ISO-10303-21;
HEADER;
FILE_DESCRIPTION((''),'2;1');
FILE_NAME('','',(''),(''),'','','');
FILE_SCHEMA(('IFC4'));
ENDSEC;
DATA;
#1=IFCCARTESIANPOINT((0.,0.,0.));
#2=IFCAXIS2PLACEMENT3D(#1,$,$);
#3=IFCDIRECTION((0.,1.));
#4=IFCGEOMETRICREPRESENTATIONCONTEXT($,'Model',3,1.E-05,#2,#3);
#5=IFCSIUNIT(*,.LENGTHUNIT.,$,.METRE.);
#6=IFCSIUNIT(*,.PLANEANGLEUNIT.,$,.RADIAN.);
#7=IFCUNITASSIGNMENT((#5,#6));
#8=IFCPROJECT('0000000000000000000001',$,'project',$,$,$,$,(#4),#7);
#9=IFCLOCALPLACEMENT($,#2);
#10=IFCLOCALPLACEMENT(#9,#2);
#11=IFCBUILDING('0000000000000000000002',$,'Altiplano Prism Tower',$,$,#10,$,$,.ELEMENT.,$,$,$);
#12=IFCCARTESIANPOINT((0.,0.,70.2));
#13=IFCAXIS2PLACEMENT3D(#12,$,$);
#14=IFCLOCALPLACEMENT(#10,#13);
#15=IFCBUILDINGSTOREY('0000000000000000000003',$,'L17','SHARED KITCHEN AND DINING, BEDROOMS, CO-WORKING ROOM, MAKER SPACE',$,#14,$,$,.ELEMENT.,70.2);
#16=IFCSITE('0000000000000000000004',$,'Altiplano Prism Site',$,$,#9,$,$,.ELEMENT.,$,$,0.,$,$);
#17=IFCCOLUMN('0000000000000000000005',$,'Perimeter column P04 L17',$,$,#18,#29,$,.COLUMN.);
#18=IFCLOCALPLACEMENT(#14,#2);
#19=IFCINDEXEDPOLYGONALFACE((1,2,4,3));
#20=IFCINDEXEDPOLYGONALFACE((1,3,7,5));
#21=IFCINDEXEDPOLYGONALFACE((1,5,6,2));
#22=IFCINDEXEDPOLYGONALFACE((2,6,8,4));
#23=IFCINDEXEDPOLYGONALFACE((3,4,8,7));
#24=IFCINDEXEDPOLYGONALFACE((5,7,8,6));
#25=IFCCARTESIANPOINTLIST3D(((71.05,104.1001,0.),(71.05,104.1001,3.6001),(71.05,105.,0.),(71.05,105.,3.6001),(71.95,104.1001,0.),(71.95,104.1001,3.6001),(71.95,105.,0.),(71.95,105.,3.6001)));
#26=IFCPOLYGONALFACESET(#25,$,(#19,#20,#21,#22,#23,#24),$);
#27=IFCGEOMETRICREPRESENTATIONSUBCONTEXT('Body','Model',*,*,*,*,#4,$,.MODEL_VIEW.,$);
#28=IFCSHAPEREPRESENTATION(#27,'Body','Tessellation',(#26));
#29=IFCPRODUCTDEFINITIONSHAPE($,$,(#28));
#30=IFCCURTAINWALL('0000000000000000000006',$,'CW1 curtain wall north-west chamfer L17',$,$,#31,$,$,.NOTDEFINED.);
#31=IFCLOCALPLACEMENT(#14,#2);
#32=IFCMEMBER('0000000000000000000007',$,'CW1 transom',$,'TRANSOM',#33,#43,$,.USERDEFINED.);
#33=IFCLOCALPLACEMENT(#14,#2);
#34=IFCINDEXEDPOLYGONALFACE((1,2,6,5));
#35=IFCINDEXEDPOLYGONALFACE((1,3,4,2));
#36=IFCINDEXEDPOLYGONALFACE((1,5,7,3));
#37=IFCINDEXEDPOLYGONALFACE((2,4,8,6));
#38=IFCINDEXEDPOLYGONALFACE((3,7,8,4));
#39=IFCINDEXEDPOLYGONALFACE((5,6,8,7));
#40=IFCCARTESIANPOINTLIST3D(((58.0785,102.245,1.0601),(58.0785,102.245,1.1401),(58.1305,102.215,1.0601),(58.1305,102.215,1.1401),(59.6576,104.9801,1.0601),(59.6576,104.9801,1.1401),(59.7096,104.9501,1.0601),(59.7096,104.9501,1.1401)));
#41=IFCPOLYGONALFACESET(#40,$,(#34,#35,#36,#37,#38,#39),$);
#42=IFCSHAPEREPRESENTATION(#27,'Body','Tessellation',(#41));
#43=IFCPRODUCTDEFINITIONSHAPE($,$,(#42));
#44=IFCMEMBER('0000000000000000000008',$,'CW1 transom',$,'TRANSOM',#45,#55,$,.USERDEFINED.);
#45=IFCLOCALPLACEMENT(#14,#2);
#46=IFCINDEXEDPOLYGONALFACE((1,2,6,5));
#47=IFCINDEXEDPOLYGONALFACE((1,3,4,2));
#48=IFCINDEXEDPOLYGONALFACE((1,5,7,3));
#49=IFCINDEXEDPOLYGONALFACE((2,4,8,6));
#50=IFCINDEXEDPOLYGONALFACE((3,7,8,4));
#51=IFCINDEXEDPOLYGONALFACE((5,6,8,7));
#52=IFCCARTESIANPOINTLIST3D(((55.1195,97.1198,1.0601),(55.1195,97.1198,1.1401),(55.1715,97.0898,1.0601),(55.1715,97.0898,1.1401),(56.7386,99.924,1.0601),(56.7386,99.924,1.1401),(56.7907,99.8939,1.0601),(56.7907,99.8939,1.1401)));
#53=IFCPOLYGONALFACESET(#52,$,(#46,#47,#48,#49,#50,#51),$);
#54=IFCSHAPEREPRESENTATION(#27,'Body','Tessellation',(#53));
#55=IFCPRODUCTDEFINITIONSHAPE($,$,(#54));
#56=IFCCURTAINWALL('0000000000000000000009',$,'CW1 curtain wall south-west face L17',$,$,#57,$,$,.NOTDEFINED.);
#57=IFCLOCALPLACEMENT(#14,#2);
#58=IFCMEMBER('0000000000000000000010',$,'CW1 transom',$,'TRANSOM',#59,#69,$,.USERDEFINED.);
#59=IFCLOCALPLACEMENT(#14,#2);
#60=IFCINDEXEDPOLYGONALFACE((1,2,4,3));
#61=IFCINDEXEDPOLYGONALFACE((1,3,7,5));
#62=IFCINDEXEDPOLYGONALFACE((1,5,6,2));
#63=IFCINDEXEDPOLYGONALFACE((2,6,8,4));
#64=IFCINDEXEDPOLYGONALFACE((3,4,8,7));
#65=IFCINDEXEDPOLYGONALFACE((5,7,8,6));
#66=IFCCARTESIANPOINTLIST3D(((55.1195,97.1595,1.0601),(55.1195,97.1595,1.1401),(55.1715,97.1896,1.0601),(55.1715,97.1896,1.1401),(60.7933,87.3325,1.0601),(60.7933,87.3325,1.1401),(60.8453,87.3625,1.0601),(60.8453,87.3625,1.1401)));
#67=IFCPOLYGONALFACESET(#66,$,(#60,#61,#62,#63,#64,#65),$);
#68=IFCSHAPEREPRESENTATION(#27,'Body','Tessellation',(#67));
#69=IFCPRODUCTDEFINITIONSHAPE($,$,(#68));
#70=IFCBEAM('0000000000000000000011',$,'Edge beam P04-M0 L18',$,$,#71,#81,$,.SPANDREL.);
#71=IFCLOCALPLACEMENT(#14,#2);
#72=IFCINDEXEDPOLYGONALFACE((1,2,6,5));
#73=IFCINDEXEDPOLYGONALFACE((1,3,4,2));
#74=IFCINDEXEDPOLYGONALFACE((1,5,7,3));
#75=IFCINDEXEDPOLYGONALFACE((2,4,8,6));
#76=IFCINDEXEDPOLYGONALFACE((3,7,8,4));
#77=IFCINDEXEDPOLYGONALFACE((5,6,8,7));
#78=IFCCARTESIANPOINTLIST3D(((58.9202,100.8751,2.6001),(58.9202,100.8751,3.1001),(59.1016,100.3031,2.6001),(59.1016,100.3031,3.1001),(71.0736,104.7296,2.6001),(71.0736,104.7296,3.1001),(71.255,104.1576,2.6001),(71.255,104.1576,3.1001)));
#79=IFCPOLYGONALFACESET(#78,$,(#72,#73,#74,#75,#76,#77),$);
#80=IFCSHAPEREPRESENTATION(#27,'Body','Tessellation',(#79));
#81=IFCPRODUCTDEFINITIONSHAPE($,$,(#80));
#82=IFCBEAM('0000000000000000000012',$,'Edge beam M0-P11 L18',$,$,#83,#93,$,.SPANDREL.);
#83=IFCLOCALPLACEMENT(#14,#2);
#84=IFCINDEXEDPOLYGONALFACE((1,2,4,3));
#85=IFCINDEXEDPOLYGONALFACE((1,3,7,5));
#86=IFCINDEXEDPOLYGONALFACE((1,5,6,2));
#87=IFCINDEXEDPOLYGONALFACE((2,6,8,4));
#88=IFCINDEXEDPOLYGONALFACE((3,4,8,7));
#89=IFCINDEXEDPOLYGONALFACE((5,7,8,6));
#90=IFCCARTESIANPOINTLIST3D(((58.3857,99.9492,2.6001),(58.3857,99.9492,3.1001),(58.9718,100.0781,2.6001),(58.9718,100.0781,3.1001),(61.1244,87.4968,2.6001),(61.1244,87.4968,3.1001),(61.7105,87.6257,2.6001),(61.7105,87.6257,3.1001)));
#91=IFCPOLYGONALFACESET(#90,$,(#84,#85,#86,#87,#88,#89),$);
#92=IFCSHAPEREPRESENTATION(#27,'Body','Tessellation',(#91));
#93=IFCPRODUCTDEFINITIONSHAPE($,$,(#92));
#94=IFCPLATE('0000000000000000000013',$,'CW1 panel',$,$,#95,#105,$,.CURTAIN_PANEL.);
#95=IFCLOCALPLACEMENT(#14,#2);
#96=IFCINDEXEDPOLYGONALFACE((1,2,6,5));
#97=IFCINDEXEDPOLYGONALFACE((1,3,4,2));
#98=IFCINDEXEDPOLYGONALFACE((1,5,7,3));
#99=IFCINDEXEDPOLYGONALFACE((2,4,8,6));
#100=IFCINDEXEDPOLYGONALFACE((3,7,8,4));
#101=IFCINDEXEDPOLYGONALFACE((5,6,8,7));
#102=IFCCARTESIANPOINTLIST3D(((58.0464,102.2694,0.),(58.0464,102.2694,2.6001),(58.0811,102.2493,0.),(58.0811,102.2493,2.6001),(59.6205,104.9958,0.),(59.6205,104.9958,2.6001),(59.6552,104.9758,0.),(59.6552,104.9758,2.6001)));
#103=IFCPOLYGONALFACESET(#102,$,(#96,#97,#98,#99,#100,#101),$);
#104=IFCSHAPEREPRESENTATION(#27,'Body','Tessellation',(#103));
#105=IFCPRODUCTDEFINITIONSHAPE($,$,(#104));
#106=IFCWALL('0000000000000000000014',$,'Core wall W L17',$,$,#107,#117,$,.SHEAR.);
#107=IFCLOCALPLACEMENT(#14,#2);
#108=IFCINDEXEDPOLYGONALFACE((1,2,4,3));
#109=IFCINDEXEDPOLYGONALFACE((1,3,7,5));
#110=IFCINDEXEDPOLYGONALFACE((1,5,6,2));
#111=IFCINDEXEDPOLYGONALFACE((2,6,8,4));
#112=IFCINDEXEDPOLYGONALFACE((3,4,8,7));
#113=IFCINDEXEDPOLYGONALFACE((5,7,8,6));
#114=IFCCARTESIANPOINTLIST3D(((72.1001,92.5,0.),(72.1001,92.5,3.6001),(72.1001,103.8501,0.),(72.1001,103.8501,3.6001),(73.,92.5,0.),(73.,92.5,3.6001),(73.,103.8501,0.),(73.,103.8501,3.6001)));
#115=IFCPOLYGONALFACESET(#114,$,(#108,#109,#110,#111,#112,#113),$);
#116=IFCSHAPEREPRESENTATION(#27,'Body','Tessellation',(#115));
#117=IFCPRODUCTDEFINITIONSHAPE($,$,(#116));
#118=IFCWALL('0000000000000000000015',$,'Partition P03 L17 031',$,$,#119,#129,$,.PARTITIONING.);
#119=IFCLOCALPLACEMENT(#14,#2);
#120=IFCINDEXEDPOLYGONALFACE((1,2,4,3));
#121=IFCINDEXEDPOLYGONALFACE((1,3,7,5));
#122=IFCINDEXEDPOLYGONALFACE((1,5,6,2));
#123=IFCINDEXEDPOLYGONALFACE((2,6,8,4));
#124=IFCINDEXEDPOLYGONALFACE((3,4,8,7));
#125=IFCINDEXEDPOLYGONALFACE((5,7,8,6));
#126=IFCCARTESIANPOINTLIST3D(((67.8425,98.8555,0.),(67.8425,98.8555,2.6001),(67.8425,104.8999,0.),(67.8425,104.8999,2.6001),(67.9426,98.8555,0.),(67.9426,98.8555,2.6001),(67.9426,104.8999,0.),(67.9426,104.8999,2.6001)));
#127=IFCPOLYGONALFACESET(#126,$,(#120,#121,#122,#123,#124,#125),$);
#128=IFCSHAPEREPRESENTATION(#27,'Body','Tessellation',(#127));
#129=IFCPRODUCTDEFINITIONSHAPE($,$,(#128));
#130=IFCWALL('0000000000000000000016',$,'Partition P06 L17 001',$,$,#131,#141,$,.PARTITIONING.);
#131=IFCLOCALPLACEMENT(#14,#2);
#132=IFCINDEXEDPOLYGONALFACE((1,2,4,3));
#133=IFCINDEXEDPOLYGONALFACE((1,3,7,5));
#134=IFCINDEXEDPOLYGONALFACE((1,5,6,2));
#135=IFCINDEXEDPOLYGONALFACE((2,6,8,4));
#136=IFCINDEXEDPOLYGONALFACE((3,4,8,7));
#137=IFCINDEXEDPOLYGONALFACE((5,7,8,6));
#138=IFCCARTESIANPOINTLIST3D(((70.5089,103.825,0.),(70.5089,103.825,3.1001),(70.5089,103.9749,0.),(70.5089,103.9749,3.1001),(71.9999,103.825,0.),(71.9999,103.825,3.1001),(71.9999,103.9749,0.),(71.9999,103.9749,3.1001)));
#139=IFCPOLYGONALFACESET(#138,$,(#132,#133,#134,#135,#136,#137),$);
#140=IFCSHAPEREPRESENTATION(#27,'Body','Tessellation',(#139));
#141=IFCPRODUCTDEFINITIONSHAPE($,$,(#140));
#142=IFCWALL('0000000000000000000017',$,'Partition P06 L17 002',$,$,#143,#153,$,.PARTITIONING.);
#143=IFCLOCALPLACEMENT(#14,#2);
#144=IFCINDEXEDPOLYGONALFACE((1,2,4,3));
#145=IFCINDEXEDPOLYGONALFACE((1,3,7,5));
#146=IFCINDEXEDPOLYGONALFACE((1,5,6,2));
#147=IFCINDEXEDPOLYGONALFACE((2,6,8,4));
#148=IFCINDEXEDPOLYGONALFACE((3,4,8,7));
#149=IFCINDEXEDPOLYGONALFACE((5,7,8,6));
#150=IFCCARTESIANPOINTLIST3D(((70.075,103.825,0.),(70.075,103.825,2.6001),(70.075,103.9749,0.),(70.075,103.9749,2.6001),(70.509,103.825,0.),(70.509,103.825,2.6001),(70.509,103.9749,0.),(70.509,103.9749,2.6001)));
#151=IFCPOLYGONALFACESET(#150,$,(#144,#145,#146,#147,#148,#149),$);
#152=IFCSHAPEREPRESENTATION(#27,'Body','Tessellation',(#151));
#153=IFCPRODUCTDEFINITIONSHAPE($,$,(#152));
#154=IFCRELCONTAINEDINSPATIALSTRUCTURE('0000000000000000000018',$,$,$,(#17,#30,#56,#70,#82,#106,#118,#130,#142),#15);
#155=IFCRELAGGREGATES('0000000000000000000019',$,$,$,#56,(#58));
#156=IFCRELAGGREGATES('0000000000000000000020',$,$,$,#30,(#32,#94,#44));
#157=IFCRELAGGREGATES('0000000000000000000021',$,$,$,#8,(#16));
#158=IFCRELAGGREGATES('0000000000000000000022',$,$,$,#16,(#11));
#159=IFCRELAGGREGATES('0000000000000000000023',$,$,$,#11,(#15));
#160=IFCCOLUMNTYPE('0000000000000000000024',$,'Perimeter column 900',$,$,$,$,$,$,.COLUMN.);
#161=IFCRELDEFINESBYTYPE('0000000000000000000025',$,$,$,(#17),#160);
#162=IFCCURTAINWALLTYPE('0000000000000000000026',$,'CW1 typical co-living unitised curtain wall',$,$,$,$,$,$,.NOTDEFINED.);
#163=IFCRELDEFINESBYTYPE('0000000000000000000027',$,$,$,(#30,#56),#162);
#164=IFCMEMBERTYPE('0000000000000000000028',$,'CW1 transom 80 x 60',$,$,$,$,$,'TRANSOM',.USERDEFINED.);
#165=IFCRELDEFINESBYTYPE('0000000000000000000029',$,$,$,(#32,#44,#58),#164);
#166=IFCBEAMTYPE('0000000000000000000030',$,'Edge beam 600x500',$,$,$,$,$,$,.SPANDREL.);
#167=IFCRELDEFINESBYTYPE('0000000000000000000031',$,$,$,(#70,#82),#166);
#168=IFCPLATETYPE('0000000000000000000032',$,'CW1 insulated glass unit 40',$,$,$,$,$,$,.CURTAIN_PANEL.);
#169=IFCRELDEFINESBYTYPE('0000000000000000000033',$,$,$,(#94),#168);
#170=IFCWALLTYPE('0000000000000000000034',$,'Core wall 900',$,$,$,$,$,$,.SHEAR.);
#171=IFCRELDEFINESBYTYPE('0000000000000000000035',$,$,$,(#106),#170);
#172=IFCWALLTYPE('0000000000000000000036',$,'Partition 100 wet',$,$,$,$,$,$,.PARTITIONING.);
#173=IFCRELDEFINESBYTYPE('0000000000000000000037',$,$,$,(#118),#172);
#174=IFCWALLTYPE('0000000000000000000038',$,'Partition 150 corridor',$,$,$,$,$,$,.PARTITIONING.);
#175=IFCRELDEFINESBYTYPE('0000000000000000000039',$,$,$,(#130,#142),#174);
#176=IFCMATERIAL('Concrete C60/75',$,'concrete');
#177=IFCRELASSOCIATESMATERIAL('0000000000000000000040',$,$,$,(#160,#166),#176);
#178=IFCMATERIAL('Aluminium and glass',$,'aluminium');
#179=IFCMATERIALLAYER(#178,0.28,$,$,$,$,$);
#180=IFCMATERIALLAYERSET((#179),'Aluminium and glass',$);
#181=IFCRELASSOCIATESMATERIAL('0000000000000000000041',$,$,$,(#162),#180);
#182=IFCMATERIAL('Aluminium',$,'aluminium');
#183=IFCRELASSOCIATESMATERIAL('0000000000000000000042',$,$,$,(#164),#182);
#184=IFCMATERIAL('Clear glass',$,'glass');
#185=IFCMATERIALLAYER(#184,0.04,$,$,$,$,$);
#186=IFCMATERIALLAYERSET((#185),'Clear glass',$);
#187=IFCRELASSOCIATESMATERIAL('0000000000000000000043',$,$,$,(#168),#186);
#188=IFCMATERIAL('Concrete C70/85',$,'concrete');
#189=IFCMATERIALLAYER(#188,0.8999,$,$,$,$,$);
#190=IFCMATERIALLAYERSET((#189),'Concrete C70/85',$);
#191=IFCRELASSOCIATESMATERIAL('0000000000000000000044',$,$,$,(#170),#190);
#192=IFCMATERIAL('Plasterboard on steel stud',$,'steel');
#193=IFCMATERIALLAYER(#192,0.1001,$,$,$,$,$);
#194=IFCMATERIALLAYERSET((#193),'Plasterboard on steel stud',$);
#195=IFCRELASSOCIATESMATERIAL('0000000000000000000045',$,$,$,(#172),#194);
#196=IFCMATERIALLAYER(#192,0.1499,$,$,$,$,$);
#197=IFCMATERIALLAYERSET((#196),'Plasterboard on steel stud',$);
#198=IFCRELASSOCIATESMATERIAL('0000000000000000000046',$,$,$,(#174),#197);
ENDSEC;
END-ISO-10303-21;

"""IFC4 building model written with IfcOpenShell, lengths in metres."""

from ifc_helpers import new_model, si_unit, direction, frame, frame_2d, origin, origin_2d, place, context, subcontext, project, spatial, rectangle, extrude, material, layer, layer_set, material_profile, profile_set, type_object, element, aggregate, save


model = new_model("IFC4")

# Units and contexts
model_context = context("Model", 3, precision=1e-05, world=origin(), true_north=direction((0.0, 1.0)))
body_context = subcontext(model_context, "Body", "Model", "MODEL_VIEW")
ifc_project = project(units=[si_unit("LENGTHUNIT", "METRE"), si_unit("PLANEANGLEUNIT", "RADIAN")], contexts=[model_context])

# Site, building, storey
site_placement = place(None, origin())
site = spatial("IfcSite", under=ifc_project, at=site_placement, Name="Altiplano Prism Site", CompositionType="ELEMENT", RefElevation=0.0)
building_placement = place(site_placement, origin())
building = spatial("IfcBuilding", under=site, at=building_placement, Name="Altiplano Prism Tower", CompositionType="ELEMENT")
storey_placement = place(building_placement, frame((0.0, 0.0, 70.2)))
storey = spatial("IfcBuildingStorey", under=building, at=storey_placement, Name="L17", Description="SHARED KITCHEN AND DINING, BEDROOMS, CO-WORKING ROOM, MAKER SPACE", CompositionType="ELEMENT", Elevation=70.2)

# Column
ifc_material_1 = material(Name="Concrete C60/75", Category="concrete")
ifc_material_profile_1 = material_profile(ifc_material_1, rectangle(XDim=0.8999, YDim=0.8999, at=origin_2d()), Name="Perimeter column 900")
ifc_profile_set_1 = profile_set([ifc_material_profile_1], Name="Concrete C60/75")
column_type = type_object("IfcColumnType", Name="Perimeter column 900", PredefinedType="COLUMN", material=ifc_profile_set_1)
column_placement = place(storey_placement, frame((71.5, 104.55, 0.0), z_axis=(0.0, 0.0, 1.0), x_axis=(1.0, 0.0, 0.0)))
element("IfcColumn", 1, at=column_placement, inside=storey, type_object=column_type, Name="Perimeter column P04 L17", PredefinedType="COLUMN", context=body_context, shape_type="SweptSolid", body=[
    extrude(rectangle(XDim=0.8999, YDim=0.8999, at=origin_2d()), origin(), (0.0, 0.0, 1.0), 3.6001),
])

# Curtain wall, members
ifc_material_2 = material(Name="Aluminium and glass", Category="aluminium")
ifc_layer_1 = layer(ifc_material_2, 0.28)
ifc_layer_set_1 = layer_set([ifc_layer_1], Name="Aluminium and glass")
curtain_wall_type = type_object("IfcCurtainWallType", Name="CW1 typical co-living unitised curtain wall", PredefinedType="NOTDEFINED", material=ifc_layer_set_1)
curtain_wall_1_placement = place(storey_placement, origin())
curtain_wall_1 = element("IfcCurtainWall", 2, at=curtain_wall_1_placement, inside=storey, type_object=curtain_wall_type, Name="CW1 curtain wall north-west chamfer L17", PredefinedType="NOTDEFINED")
ifc_material_3 = material(Name="Aluminium", Category="aluminium")
ifc_material_profile_2 = material_profile(ifc_material_3, rectangle(XDim=0.0601, YDim=0.0801, at=origin_2d()), Name="CW1 transom 80 x 60")
ifc_profile_set_2 = profile_set([ifc_material_profile_2], Name="Aluminium")
member_type = type_object("IfcMemberType", Name="CW1 transom 80 x 60", ElementType="TRANSOM", PredefinedType="USERDEFINED", material=ifc_profile_set_2)
member_1_placement = place(storey_placement, frame((59.6836, 104.9651, 1.1001), z_axis=(-0.499997, -0.866027, 0.0), x_axis=(0.866027, -0.499997, 0.0)))
member_1 = element("IfcMember", 3, at=member_1_placement, type_object=member_type, Name="CW1 transom", ObjectType="TRANSOM", PredefinedType="USERDEFINED", context=body_context, shape_type="SweptSolid", body=[
    extrude(rectangle(XDim=0.0601, YDim=0.0801, at=origin_2d()), origin(), (0.0, 0.0, 1.0), 3.1582),
])
member_2_placement = place(storey_placement, frame((56.7646, 99.9089, 1.1001), z_axis=(-0.500031, -0.866007, 0.0), x_axis=(0.866007, -0.500031, 0.0)))
member_2 = element("IfcMember", 4, at=member_2_placement, type_object=member_type, Name="CW1 transom", ObjectType="TRANSOM", PredefinedType="USERDEFINED", context=body_context, shape_type="SweptSolid", body=[
    extrude(rectangle(XDim=0.0601, YDim=0.0801, at=origin_2d()), origin(), (0.0, 0.0, 1.0), 3.238),
])

# Curtain wall, member
curtain_wall_2_placement = place(storey_placement, origin())
curtain_wall_2 = element("IfcCurtainWall", 5, at=curtain_wall_2_placement, inside=storey, type_object=curtain_wall_type, Name="CW1 curtain wall south-west face L17", PredefinedType="NOTDEFINED")
member_3_placement = place(storey_placement, frame((55.1455, 97.1746, 1.1001), z_axis=(0.500008, -0.866021, 0.0), x_axis=(0.866021, 0.500008, 0.0)))
member_3 = element("IfcMember", 6, at=member_3_placement, type_object=member_type, Name="CW1 transom", ObjectType="TRANSOM", PredefinedType="USERDEFINED", context=body_context, shape_type="SweptSolid", body=[
    extrude(rectangle(XDim=0.0601, YDim=0.0801, at=origin_2d()), origin(), (0.0, 0.0, 1.0), 11.3474),
])
aggregate(curtain_wall_2, [member_3])

# Beams
ifc_material_profile_3 = material_profile(ifc_material_1, rectangle(XDim=0.6001, YDim=0.5, at=origin_2d()), Name="Edge beam 600x500")
ifc_profile_set_3 = profile_set([ifc_material_profile_3], Name="Concrete C60/75")
beam_type = type_object("IfcBeamType", Name="Edge beam 600x500", PredefinedType="SPANDREL", material=ifc_profile_set_3)
for number, where, z_axis, x_axis, name in (
    (7, (71.1643, 104.4436, 2.8501), (-0.953208, -0.302315, 0.0), (0.302315, -0.953208, 0.0), "Edge beam P04-M0 L18"),
    (8, (58.6787, 100.0137, 2.8501), (0.214805, -0.976657, 0.0), (0.976657, 0.214805, 0.0), "Edge beam M0-P11 L18"),
):
    element("IfcBeam", number, at=place(storey_placement, frame(where, z_axis=z_axis, x_axis=x_axis)), inside=storey, type_object=beam_type, Name=name, PredefinedType="SPANDREL", context=body_context, shape_type="SweptSolid", body=[
        extrude(rectangle(XDim=0.6001, YDim=0.5, at=origin_2d()), origin(), (0.0, 0.0, 1.0), 12.75),
    ])

# Plate
ifc_material_4 = material(Name="Clear glass", Category="glass")
ifc_layer_2 = layer(ifc_material_4, 0.04)
ifc_layer_set_2 = layer_set([ifc_layer_2], Name="Clear glass")
plate_type = type_object("IfcPlateType", Name="CW1 insulated glass unit 40", PredefinedType="CURTAIN_PANEL", material=ifc_layer_set_2)
plate_placement = place(storey_placement, frame((58.8508, 103.6226, 0.0), z_axis=(0.0, 0.0, 1.0), x_axis=(-0.5, -0.866025, 0.0)))
plate = element("IfcPlate", 9, at=plate_placement, type_object=plate_type, Name="CW1 panel", PredefinedType="CURTAIN_PANEL", context=body_context, shape_type="SweptSolid", body=[
    extrude(rectangle(XDim=3.1482, YDim=0.04, at=origin_2d()), origin(), (0.0, 0.0, 1.0), 2.6001),
])
aggregate(curtain_wall_1, [member_1, plate, member_2])

# Walls
ifc_material_5 = material(Name="Concrete C70/85", Category="concrete")
ifc_layer_3 = layer(ifc_material_5, 0.8999)
ifc_layer_set_3 = layer_set([ifc_layer_3], Name="Concrete C70/85")
wall_type_1 = type_object("IfcWallType", Name="Core wall 900", PredefinedType="SHEAR", material=ifc_layer_set_3)
wall_1_placement = place(storey_placement, frame((72.55, 103.8501, 0.0), z_axis=(0.0, 0.0, 1.0), x_axis=(0.0, -1.0, 0.0)))
element("IfcWall", 10, at=wall_1_placement, inside=storey, type_object=wall_type_1, Name="Core wall W L17", PredefinedType="SHEAR", context=body_context, shape_type="SweptSolid", body=[
    extrude(rectangle(XDim=11.3501, YDim=0.8999, at=frame_2d((5.675, 0.0))), origin(), (0.0, 0.0, 1.0), 3.6001),
])
ifc_material_6 = material(Name="Plasterboard on steel stud", Category="steel")
ifc_layer_4 = layer(ifc_material_6, 0.1001)
ifc_layer_set_4 = layer_set([ifc_layer_4], Name="Plasterboard on steel stud")
wall_type_2 = type_object("IfcWallType", Name="Partition 100 wet", PredefinedType="PARTITIONING", material=ifc_layer_set_4)
wall_2_placement = place(storey_placement, frame((67.8926, 104.8999, 0.0), z_axis=(0.0, 0.0, 1.0), x_axis=(0.0, -1.0, 0.0)))
element("IfcWall", 11, at=wall_2_placement, inside=storey, type_object=wall_type_2, Name="Partition P03 L17 031", PredefinedType="PARTITIONING", context=body_context, shape_type="SweptSolid", body=[
    extrude(rectangle(XDim=6.0444, YDim=0.1001, at=frame_2d((3.0222, 0.0))), origin(), (0.0, 0.0, 1.0), 2.6001),
])
ifc_layer_5 = layer(ifc_material_6, 0.1499)
ifc_layer_set_5 = layer_set([ifc_layer_5], Name="Plasterboard on steel stud")
wall_type_3 = type_object("IfcWallType", Name="Partition 150 corridor", PredefinedType="PARTITIONING", material=ifc_layer_set_5)
wall_3_placement = place(storey_placement, frame((72.0, 103.8999, 0.0), z_axis=(0.0, 0.0, 1.0), x_axis=(-1.0, 0.0, 0.0)))
element("IfcWall", 12, at=wall_3_placement, inside=storey, type_object=wall_type_3, Name="Partition P06 L17 001", PredefinedType="PARTITIONING", context=body_context, shape_type="SweptSolid", body=[
    extrude(rectangle(XDim=1.491, YDim=0.1499, at=frame_2d((0.7456, 0.0))), origin(), (0.0, 0.0, 1.0), 3.1001),
])
wall_4_placement = place(storey_placement, frame((70.509, 103.8999, 0.0), z_axis=(0.0, 0.0, 1.0), x_axis=(-1.0, 0.0, 0.0)))
element("IfcWall", 13, at=wall_4_placement, inside=storey, type_object=wall_type_3, Name="Partition P06 L17 002", PredefinedType="PARTITIONING", context=body_context, shape_type="SweptSolid", body=[
    extrude(rectangle(XDim=0.4341, YDim=0.1499, at=frame_2d((0.217, 0.0))), origin(), (0.0, 0.0, 1.0), 2.6001),
])

save(model, "model.ifc")
